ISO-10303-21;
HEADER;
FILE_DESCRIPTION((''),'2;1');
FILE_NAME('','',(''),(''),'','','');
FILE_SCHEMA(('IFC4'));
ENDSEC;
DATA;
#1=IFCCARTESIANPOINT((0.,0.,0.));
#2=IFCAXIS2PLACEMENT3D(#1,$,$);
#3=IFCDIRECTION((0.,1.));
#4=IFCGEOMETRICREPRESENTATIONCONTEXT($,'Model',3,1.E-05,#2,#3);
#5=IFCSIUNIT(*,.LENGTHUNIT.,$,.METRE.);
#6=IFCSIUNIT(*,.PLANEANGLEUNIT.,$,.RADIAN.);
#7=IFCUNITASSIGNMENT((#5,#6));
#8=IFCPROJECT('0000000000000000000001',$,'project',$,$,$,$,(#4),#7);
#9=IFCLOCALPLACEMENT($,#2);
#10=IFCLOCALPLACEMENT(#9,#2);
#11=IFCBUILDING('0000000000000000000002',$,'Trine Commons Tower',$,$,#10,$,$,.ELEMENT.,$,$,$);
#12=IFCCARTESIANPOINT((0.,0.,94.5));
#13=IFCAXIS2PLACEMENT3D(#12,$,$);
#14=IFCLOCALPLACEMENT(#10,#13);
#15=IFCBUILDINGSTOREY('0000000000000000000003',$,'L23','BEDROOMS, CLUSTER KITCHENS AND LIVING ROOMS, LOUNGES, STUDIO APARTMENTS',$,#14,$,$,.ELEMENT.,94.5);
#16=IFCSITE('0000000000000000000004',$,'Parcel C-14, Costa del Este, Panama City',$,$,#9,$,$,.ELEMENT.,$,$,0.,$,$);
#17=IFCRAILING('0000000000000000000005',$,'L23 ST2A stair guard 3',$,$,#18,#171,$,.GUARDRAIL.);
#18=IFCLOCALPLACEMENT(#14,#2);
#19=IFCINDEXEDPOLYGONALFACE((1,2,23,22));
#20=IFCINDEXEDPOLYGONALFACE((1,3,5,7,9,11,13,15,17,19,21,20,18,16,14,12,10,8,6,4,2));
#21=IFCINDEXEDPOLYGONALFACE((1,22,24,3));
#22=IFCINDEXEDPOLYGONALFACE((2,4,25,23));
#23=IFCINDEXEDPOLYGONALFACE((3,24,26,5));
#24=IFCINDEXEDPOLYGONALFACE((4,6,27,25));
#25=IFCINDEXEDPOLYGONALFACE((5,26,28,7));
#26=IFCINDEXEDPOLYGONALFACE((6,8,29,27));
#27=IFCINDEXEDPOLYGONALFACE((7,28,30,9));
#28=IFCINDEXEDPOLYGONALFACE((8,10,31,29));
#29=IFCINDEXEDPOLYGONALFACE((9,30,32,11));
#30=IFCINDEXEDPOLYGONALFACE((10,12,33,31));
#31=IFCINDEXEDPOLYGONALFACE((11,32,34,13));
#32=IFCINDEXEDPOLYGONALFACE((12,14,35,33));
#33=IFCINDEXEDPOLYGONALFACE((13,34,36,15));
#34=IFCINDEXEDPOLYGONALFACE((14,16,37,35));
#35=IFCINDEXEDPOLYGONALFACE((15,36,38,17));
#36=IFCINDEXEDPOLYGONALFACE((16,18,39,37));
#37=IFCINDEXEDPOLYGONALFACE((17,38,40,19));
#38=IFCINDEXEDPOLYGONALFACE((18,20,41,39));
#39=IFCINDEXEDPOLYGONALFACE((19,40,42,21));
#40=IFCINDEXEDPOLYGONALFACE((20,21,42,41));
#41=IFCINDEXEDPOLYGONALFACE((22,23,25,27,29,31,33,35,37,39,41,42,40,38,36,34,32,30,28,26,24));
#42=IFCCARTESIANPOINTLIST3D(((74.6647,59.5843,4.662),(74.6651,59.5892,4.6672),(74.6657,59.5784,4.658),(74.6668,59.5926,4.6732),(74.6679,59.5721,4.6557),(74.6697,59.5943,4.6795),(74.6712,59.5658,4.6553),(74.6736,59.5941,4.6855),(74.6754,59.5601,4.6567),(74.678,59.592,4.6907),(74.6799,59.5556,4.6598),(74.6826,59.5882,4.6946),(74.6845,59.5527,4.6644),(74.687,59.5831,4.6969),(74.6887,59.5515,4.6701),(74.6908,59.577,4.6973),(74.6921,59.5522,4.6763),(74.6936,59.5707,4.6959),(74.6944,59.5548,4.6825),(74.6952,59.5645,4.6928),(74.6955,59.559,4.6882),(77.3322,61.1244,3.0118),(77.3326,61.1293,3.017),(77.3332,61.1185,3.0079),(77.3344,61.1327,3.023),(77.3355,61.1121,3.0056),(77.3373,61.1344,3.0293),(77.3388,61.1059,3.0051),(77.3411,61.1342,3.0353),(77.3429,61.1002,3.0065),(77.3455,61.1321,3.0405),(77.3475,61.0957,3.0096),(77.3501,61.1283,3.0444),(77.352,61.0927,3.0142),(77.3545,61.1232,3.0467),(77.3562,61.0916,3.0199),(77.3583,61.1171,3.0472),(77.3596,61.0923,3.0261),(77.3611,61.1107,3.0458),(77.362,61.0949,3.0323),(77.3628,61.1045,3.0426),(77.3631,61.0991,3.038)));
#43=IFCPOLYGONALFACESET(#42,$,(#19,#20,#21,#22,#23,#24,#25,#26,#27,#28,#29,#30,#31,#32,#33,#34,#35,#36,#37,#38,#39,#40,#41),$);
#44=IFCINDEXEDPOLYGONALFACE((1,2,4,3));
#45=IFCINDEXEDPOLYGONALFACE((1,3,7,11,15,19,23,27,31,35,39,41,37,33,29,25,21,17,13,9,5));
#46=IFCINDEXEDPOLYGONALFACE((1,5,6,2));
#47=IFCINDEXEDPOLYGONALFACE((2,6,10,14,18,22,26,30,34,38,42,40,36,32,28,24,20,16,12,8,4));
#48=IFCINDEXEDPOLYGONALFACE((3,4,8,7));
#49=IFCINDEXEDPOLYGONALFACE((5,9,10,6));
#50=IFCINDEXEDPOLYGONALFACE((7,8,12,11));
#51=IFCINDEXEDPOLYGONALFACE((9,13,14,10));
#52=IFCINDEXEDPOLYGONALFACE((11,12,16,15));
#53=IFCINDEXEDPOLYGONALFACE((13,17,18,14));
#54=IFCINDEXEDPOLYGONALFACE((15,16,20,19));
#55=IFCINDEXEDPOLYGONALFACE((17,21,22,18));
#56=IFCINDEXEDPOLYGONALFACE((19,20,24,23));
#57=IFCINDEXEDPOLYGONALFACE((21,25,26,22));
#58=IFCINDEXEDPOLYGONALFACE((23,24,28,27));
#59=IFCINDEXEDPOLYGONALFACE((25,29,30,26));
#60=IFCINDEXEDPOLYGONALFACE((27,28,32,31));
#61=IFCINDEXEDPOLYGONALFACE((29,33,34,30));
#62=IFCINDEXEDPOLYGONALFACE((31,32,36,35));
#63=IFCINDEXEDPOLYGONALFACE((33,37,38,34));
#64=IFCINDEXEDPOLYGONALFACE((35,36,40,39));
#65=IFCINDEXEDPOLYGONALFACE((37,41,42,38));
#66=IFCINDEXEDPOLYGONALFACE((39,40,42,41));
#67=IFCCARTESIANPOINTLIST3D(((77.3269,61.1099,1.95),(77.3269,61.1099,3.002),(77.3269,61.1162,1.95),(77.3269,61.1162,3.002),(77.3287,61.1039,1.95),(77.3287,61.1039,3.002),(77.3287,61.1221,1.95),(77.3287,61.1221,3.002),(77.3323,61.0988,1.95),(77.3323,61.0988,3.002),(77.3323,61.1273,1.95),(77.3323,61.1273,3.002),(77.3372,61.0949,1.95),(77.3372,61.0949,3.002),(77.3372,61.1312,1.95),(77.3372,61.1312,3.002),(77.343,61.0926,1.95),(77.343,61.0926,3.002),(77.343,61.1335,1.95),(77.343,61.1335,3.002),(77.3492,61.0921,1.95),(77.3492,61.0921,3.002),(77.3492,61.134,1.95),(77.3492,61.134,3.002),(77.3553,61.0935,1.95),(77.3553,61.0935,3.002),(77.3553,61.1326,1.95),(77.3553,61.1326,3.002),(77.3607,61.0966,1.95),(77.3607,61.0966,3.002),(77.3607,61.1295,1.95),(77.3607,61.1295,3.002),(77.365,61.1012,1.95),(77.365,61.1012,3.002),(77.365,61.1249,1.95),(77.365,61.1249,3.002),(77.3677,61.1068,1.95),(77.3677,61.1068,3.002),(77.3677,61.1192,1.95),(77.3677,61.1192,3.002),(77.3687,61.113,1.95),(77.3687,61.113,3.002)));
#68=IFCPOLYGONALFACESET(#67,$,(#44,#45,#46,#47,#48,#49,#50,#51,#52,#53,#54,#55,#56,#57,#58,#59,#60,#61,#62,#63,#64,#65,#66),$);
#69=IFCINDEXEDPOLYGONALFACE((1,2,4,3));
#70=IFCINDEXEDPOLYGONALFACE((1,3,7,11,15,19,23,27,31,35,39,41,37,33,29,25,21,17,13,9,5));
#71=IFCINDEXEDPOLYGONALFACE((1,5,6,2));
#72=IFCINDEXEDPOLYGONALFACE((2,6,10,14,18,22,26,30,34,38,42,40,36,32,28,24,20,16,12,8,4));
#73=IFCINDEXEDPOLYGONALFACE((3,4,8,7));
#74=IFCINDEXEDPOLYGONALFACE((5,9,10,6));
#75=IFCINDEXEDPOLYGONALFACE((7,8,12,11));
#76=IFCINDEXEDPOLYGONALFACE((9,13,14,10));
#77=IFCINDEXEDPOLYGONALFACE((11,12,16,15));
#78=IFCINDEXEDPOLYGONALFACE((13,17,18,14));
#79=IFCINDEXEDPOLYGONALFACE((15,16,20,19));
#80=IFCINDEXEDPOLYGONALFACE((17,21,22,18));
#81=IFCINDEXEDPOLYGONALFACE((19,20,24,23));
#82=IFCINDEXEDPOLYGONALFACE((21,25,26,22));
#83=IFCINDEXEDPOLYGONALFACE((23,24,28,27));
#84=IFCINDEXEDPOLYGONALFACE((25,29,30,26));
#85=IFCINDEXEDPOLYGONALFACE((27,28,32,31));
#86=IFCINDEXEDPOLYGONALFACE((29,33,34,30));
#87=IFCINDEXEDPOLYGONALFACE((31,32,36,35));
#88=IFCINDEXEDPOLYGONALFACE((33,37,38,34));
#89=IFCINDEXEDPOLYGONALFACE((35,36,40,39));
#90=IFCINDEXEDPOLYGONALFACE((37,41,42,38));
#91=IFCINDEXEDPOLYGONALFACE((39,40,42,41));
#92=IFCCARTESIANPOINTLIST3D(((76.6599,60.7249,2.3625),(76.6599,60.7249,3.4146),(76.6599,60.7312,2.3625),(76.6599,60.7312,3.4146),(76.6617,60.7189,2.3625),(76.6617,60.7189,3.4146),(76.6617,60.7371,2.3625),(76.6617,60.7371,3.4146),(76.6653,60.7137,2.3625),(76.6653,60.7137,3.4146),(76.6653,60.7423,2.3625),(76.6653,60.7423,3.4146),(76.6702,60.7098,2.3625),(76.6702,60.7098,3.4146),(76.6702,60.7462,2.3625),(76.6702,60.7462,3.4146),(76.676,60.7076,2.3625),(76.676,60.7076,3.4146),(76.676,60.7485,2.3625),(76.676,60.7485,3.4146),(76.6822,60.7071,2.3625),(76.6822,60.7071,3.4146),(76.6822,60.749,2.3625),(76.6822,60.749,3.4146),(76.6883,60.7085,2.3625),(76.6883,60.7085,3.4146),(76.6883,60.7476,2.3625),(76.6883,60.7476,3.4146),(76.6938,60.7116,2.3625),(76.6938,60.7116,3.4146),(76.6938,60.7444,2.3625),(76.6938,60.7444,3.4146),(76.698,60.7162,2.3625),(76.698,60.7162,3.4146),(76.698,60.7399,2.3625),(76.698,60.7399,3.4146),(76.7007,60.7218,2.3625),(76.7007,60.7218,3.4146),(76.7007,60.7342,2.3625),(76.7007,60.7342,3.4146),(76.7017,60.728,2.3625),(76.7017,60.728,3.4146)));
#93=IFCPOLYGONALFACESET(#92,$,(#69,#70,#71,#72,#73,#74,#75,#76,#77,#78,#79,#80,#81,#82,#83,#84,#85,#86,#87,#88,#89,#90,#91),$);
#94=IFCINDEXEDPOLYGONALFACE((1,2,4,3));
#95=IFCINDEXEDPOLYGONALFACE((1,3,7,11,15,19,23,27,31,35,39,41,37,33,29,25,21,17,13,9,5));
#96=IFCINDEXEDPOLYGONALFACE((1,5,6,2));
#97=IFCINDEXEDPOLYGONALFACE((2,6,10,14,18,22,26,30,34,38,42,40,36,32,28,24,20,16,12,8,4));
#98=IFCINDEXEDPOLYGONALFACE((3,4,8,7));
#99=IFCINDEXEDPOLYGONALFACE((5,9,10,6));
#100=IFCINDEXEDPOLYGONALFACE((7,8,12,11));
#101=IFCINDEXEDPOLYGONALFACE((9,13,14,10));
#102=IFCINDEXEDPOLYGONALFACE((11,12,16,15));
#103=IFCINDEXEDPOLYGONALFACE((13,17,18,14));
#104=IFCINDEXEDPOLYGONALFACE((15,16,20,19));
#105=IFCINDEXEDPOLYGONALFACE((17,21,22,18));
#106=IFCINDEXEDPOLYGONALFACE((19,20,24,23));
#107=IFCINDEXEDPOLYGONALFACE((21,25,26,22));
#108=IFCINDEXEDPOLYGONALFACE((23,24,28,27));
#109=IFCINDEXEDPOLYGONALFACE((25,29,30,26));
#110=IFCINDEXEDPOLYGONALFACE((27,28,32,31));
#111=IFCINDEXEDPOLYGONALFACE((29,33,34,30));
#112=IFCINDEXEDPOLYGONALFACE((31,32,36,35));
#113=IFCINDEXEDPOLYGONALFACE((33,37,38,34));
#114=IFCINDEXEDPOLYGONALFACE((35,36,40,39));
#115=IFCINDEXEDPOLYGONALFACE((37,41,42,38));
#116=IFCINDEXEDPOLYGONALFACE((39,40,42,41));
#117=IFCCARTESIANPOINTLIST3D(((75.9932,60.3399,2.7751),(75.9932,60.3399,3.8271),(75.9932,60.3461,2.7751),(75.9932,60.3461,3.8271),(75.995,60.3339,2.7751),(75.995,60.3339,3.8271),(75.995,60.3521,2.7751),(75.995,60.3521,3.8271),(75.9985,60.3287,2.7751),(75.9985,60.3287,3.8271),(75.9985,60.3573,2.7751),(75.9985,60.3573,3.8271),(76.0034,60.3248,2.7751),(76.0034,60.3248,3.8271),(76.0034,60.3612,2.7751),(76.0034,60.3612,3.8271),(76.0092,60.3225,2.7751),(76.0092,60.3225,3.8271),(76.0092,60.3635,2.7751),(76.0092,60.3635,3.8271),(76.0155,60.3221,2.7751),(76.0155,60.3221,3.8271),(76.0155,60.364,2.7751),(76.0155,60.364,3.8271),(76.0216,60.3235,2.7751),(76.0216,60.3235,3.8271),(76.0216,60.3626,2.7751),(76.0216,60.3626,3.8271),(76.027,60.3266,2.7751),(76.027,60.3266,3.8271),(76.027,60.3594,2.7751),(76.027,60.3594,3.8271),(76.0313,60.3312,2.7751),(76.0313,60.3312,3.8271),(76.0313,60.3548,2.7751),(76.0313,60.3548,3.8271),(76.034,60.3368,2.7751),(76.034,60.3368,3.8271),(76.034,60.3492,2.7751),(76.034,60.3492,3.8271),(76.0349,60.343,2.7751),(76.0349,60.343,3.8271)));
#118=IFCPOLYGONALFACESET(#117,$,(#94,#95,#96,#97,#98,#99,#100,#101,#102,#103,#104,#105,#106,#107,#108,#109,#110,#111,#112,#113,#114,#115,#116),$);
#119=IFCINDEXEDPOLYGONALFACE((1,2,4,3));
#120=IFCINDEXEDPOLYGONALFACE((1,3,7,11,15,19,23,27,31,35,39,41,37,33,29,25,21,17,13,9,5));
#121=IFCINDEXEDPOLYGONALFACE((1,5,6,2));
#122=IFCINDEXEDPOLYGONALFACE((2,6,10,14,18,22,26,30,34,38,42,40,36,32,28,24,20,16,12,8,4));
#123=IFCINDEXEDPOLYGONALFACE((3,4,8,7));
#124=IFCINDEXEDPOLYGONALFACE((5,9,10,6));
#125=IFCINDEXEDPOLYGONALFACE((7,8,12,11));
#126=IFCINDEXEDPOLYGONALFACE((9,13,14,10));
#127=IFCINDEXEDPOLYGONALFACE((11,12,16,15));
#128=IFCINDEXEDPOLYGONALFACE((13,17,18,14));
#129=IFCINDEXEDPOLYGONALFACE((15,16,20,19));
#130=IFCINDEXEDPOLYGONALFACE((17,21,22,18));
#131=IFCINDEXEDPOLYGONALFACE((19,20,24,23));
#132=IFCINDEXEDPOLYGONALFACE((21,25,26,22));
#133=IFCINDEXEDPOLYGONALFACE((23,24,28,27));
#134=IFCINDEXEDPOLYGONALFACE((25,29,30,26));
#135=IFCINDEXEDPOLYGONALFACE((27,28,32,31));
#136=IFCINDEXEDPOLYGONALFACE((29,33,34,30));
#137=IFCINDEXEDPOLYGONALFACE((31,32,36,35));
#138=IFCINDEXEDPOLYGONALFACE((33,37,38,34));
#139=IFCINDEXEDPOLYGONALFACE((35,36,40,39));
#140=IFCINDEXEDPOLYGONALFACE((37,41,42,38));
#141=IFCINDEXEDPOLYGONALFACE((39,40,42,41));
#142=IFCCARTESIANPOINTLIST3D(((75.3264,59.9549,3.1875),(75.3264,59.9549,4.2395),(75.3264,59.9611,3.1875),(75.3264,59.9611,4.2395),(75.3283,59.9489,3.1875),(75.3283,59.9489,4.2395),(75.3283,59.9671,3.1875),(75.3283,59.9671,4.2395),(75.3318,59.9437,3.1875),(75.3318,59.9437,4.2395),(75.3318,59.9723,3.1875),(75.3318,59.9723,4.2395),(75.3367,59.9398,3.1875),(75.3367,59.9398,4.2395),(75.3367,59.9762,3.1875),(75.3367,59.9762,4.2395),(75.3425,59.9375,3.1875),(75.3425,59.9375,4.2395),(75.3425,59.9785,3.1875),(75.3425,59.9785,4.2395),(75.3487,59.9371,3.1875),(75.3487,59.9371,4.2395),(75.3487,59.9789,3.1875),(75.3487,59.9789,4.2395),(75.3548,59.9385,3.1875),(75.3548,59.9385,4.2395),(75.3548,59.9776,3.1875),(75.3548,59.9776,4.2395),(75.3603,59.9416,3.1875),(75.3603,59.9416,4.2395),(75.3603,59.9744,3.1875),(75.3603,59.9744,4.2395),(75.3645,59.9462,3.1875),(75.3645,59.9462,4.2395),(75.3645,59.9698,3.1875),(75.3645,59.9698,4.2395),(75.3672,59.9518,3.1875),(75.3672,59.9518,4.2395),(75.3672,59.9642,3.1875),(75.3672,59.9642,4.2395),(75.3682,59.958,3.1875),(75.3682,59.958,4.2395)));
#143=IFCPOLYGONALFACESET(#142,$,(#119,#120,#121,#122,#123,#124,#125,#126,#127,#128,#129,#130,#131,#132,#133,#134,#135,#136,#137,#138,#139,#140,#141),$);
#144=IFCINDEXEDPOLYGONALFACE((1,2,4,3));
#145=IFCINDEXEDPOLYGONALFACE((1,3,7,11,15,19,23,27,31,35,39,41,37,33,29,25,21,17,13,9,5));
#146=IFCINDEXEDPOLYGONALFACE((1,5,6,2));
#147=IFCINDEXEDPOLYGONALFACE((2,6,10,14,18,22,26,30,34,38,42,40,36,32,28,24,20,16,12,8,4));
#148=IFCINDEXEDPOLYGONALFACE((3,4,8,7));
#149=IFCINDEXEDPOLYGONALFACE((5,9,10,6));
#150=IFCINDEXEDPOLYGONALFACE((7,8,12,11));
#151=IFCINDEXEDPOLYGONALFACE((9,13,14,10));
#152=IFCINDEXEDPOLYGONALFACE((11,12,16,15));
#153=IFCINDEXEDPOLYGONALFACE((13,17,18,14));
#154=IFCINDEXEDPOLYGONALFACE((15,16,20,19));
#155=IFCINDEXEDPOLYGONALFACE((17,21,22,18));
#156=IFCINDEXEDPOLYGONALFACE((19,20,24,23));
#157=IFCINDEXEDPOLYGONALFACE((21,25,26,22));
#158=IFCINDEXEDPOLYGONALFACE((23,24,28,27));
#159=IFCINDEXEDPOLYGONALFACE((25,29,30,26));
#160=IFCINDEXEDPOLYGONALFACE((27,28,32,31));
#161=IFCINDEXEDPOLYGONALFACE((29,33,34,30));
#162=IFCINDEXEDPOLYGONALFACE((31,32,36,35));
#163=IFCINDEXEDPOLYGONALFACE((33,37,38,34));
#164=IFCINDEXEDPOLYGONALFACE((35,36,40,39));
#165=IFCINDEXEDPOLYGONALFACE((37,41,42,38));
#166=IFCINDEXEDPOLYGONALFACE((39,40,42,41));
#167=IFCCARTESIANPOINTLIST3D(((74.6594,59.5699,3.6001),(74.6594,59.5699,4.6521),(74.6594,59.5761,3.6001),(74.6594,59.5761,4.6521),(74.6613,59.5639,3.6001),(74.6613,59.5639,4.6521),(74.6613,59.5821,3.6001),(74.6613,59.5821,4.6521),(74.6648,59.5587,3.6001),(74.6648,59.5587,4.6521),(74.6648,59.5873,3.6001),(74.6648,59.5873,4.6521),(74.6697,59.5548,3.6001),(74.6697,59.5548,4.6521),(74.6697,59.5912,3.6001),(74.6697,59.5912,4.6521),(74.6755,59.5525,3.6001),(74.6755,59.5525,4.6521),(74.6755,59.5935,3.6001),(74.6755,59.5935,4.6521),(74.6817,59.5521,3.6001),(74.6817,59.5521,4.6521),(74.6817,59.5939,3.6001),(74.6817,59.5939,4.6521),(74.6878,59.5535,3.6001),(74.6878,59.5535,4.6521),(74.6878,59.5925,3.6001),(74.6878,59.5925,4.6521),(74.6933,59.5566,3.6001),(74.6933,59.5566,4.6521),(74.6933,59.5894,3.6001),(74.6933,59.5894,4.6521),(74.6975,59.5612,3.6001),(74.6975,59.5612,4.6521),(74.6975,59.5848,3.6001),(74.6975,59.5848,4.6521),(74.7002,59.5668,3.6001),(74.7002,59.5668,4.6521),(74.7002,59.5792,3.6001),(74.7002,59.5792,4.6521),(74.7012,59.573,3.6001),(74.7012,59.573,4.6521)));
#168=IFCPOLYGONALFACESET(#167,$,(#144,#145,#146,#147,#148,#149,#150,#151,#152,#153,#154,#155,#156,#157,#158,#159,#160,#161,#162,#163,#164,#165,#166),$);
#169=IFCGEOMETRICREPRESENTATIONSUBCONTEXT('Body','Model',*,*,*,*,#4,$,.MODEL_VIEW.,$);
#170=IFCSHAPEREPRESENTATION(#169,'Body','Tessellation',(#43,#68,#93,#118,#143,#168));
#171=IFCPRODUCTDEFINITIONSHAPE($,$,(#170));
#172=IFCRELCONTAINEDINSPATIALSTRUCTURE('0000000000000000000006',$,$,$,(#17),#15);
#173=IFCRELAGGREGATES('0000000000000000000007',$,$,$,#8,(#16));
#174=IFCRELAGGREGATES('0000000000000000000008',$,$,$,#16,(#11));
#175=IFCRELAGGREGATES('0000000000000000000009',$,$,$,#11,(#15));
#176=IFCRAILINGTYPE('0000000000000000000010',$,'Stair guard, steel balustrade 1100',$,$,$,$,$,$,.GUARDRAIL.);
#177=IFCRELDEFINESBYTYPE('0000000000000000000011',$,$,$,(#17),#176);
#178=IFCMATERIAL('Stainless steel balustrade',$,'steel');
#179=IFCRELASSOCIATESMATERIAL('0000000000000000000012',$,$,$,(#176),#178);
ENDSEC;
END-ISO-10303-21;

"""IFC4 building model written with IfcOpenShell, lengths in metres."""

from ifc_helpers import new_model, si_unit, direction, frame, origin, origin_2d, place, context, subcontext, project, spatial, circle, extrude, material, type_object, element, save


model = new_model("IFC4")

# Units and contexts
model_context = context("Model", 3, precision=1e-05, world=origin(), true_north=direction((0.0, 1.0)))
body_context = subcontext(model_context, "Body", "Model", "MODEL_VIEW")
ifc_project = project(units=[si_unit("LENGTHUNIT", "METRE"), si_unit("PLANEANGLEUNIT", "RADIAN")], contexts=[model_context])

# Site, building, storey
site_placement = place(None, origin())
site = spatial("IfcSite", under=ifc_project, at=site_placement, Name="Parcel C-14, Costa del Este, Panama City", CompositionType="ELEMENT", RefElevation=0.0)
building_placement = place(site_placement, origin())
building = spatial("IfcBuilding", under=site, at=building_placement, Name="Trine Commons Tower", CompositionType="ELEMENT")
storey_placement = place(building_placement, frame((0.0, 0.0, 94.5)))
storey = spatial("IfcBuildingStorey", under=building, at=storey_placement, Name="L23", Description="BEDROOMS, CLUSTER KITCHENS AND LIVING ROOMS, LOUNGES, STUDIO APARTMENTS", CompositionType="ELEMENT", Elevation=94.5)

# Railing
ifc_material_1 = material(Name="Stainless steel balustrade", Category="steel")
railing_type_1 = type_object("IfcRailingType", Name="Stair guard, steel balustrade 1100", PredefinedType="GUARDRAIL", material=ifc_material_1)
railing_1_placement = place(storey_placement, frame((77.3477, 61.113, 1.95)))
element("IfcRailing", 1, at=railing_1_placement, inside=storey, type_object=railing_type_1, Name="L23 ST2A stair guard 3", PredefinedType="GUARDRAIL", context=body_context, shape_type="SweptSolid", body=[
    extrude(circle(Radius=0.0239, at=origin_2d()), frame((0.0, 0.0, 1.0762), z_axis=(-0.76338, -0.440728, 0.472239), x_axis=(0.499992, -0.86603, 0.0)), (0.0, 0.0, 1.0), 3.4944),
    extrude(circle(Radius=0.021, at=origin_2d()), origin(), (0.0, 0.0, 1.0), 1.052),
    extrude(circle(Radius=0.021, at=origin_2d()), frame((-0.667, -0.385, 0.4126)), (0.0, 0.0, 1.0), 1.052),
    extrude(circle(Radius=0.021, at=origin_2d()), frame((-1.3337, -0.77, 0.8252)), (0.0, 0.0, 1.0), 1.052),
    extrude(circle(Radius=0.021, at=origin_2d()), frame((-2.0005, -1.155, 1.2375)), (0.0, 0.0, 1.0), 1.052),
    extrude(circle(Radius=0.021, at=origin_2d()), frame((-2.6675, -1.54, 1.6501)), (0.0, 0.0, 1.0), 1.052),
])

save(model, "model.ifc")
